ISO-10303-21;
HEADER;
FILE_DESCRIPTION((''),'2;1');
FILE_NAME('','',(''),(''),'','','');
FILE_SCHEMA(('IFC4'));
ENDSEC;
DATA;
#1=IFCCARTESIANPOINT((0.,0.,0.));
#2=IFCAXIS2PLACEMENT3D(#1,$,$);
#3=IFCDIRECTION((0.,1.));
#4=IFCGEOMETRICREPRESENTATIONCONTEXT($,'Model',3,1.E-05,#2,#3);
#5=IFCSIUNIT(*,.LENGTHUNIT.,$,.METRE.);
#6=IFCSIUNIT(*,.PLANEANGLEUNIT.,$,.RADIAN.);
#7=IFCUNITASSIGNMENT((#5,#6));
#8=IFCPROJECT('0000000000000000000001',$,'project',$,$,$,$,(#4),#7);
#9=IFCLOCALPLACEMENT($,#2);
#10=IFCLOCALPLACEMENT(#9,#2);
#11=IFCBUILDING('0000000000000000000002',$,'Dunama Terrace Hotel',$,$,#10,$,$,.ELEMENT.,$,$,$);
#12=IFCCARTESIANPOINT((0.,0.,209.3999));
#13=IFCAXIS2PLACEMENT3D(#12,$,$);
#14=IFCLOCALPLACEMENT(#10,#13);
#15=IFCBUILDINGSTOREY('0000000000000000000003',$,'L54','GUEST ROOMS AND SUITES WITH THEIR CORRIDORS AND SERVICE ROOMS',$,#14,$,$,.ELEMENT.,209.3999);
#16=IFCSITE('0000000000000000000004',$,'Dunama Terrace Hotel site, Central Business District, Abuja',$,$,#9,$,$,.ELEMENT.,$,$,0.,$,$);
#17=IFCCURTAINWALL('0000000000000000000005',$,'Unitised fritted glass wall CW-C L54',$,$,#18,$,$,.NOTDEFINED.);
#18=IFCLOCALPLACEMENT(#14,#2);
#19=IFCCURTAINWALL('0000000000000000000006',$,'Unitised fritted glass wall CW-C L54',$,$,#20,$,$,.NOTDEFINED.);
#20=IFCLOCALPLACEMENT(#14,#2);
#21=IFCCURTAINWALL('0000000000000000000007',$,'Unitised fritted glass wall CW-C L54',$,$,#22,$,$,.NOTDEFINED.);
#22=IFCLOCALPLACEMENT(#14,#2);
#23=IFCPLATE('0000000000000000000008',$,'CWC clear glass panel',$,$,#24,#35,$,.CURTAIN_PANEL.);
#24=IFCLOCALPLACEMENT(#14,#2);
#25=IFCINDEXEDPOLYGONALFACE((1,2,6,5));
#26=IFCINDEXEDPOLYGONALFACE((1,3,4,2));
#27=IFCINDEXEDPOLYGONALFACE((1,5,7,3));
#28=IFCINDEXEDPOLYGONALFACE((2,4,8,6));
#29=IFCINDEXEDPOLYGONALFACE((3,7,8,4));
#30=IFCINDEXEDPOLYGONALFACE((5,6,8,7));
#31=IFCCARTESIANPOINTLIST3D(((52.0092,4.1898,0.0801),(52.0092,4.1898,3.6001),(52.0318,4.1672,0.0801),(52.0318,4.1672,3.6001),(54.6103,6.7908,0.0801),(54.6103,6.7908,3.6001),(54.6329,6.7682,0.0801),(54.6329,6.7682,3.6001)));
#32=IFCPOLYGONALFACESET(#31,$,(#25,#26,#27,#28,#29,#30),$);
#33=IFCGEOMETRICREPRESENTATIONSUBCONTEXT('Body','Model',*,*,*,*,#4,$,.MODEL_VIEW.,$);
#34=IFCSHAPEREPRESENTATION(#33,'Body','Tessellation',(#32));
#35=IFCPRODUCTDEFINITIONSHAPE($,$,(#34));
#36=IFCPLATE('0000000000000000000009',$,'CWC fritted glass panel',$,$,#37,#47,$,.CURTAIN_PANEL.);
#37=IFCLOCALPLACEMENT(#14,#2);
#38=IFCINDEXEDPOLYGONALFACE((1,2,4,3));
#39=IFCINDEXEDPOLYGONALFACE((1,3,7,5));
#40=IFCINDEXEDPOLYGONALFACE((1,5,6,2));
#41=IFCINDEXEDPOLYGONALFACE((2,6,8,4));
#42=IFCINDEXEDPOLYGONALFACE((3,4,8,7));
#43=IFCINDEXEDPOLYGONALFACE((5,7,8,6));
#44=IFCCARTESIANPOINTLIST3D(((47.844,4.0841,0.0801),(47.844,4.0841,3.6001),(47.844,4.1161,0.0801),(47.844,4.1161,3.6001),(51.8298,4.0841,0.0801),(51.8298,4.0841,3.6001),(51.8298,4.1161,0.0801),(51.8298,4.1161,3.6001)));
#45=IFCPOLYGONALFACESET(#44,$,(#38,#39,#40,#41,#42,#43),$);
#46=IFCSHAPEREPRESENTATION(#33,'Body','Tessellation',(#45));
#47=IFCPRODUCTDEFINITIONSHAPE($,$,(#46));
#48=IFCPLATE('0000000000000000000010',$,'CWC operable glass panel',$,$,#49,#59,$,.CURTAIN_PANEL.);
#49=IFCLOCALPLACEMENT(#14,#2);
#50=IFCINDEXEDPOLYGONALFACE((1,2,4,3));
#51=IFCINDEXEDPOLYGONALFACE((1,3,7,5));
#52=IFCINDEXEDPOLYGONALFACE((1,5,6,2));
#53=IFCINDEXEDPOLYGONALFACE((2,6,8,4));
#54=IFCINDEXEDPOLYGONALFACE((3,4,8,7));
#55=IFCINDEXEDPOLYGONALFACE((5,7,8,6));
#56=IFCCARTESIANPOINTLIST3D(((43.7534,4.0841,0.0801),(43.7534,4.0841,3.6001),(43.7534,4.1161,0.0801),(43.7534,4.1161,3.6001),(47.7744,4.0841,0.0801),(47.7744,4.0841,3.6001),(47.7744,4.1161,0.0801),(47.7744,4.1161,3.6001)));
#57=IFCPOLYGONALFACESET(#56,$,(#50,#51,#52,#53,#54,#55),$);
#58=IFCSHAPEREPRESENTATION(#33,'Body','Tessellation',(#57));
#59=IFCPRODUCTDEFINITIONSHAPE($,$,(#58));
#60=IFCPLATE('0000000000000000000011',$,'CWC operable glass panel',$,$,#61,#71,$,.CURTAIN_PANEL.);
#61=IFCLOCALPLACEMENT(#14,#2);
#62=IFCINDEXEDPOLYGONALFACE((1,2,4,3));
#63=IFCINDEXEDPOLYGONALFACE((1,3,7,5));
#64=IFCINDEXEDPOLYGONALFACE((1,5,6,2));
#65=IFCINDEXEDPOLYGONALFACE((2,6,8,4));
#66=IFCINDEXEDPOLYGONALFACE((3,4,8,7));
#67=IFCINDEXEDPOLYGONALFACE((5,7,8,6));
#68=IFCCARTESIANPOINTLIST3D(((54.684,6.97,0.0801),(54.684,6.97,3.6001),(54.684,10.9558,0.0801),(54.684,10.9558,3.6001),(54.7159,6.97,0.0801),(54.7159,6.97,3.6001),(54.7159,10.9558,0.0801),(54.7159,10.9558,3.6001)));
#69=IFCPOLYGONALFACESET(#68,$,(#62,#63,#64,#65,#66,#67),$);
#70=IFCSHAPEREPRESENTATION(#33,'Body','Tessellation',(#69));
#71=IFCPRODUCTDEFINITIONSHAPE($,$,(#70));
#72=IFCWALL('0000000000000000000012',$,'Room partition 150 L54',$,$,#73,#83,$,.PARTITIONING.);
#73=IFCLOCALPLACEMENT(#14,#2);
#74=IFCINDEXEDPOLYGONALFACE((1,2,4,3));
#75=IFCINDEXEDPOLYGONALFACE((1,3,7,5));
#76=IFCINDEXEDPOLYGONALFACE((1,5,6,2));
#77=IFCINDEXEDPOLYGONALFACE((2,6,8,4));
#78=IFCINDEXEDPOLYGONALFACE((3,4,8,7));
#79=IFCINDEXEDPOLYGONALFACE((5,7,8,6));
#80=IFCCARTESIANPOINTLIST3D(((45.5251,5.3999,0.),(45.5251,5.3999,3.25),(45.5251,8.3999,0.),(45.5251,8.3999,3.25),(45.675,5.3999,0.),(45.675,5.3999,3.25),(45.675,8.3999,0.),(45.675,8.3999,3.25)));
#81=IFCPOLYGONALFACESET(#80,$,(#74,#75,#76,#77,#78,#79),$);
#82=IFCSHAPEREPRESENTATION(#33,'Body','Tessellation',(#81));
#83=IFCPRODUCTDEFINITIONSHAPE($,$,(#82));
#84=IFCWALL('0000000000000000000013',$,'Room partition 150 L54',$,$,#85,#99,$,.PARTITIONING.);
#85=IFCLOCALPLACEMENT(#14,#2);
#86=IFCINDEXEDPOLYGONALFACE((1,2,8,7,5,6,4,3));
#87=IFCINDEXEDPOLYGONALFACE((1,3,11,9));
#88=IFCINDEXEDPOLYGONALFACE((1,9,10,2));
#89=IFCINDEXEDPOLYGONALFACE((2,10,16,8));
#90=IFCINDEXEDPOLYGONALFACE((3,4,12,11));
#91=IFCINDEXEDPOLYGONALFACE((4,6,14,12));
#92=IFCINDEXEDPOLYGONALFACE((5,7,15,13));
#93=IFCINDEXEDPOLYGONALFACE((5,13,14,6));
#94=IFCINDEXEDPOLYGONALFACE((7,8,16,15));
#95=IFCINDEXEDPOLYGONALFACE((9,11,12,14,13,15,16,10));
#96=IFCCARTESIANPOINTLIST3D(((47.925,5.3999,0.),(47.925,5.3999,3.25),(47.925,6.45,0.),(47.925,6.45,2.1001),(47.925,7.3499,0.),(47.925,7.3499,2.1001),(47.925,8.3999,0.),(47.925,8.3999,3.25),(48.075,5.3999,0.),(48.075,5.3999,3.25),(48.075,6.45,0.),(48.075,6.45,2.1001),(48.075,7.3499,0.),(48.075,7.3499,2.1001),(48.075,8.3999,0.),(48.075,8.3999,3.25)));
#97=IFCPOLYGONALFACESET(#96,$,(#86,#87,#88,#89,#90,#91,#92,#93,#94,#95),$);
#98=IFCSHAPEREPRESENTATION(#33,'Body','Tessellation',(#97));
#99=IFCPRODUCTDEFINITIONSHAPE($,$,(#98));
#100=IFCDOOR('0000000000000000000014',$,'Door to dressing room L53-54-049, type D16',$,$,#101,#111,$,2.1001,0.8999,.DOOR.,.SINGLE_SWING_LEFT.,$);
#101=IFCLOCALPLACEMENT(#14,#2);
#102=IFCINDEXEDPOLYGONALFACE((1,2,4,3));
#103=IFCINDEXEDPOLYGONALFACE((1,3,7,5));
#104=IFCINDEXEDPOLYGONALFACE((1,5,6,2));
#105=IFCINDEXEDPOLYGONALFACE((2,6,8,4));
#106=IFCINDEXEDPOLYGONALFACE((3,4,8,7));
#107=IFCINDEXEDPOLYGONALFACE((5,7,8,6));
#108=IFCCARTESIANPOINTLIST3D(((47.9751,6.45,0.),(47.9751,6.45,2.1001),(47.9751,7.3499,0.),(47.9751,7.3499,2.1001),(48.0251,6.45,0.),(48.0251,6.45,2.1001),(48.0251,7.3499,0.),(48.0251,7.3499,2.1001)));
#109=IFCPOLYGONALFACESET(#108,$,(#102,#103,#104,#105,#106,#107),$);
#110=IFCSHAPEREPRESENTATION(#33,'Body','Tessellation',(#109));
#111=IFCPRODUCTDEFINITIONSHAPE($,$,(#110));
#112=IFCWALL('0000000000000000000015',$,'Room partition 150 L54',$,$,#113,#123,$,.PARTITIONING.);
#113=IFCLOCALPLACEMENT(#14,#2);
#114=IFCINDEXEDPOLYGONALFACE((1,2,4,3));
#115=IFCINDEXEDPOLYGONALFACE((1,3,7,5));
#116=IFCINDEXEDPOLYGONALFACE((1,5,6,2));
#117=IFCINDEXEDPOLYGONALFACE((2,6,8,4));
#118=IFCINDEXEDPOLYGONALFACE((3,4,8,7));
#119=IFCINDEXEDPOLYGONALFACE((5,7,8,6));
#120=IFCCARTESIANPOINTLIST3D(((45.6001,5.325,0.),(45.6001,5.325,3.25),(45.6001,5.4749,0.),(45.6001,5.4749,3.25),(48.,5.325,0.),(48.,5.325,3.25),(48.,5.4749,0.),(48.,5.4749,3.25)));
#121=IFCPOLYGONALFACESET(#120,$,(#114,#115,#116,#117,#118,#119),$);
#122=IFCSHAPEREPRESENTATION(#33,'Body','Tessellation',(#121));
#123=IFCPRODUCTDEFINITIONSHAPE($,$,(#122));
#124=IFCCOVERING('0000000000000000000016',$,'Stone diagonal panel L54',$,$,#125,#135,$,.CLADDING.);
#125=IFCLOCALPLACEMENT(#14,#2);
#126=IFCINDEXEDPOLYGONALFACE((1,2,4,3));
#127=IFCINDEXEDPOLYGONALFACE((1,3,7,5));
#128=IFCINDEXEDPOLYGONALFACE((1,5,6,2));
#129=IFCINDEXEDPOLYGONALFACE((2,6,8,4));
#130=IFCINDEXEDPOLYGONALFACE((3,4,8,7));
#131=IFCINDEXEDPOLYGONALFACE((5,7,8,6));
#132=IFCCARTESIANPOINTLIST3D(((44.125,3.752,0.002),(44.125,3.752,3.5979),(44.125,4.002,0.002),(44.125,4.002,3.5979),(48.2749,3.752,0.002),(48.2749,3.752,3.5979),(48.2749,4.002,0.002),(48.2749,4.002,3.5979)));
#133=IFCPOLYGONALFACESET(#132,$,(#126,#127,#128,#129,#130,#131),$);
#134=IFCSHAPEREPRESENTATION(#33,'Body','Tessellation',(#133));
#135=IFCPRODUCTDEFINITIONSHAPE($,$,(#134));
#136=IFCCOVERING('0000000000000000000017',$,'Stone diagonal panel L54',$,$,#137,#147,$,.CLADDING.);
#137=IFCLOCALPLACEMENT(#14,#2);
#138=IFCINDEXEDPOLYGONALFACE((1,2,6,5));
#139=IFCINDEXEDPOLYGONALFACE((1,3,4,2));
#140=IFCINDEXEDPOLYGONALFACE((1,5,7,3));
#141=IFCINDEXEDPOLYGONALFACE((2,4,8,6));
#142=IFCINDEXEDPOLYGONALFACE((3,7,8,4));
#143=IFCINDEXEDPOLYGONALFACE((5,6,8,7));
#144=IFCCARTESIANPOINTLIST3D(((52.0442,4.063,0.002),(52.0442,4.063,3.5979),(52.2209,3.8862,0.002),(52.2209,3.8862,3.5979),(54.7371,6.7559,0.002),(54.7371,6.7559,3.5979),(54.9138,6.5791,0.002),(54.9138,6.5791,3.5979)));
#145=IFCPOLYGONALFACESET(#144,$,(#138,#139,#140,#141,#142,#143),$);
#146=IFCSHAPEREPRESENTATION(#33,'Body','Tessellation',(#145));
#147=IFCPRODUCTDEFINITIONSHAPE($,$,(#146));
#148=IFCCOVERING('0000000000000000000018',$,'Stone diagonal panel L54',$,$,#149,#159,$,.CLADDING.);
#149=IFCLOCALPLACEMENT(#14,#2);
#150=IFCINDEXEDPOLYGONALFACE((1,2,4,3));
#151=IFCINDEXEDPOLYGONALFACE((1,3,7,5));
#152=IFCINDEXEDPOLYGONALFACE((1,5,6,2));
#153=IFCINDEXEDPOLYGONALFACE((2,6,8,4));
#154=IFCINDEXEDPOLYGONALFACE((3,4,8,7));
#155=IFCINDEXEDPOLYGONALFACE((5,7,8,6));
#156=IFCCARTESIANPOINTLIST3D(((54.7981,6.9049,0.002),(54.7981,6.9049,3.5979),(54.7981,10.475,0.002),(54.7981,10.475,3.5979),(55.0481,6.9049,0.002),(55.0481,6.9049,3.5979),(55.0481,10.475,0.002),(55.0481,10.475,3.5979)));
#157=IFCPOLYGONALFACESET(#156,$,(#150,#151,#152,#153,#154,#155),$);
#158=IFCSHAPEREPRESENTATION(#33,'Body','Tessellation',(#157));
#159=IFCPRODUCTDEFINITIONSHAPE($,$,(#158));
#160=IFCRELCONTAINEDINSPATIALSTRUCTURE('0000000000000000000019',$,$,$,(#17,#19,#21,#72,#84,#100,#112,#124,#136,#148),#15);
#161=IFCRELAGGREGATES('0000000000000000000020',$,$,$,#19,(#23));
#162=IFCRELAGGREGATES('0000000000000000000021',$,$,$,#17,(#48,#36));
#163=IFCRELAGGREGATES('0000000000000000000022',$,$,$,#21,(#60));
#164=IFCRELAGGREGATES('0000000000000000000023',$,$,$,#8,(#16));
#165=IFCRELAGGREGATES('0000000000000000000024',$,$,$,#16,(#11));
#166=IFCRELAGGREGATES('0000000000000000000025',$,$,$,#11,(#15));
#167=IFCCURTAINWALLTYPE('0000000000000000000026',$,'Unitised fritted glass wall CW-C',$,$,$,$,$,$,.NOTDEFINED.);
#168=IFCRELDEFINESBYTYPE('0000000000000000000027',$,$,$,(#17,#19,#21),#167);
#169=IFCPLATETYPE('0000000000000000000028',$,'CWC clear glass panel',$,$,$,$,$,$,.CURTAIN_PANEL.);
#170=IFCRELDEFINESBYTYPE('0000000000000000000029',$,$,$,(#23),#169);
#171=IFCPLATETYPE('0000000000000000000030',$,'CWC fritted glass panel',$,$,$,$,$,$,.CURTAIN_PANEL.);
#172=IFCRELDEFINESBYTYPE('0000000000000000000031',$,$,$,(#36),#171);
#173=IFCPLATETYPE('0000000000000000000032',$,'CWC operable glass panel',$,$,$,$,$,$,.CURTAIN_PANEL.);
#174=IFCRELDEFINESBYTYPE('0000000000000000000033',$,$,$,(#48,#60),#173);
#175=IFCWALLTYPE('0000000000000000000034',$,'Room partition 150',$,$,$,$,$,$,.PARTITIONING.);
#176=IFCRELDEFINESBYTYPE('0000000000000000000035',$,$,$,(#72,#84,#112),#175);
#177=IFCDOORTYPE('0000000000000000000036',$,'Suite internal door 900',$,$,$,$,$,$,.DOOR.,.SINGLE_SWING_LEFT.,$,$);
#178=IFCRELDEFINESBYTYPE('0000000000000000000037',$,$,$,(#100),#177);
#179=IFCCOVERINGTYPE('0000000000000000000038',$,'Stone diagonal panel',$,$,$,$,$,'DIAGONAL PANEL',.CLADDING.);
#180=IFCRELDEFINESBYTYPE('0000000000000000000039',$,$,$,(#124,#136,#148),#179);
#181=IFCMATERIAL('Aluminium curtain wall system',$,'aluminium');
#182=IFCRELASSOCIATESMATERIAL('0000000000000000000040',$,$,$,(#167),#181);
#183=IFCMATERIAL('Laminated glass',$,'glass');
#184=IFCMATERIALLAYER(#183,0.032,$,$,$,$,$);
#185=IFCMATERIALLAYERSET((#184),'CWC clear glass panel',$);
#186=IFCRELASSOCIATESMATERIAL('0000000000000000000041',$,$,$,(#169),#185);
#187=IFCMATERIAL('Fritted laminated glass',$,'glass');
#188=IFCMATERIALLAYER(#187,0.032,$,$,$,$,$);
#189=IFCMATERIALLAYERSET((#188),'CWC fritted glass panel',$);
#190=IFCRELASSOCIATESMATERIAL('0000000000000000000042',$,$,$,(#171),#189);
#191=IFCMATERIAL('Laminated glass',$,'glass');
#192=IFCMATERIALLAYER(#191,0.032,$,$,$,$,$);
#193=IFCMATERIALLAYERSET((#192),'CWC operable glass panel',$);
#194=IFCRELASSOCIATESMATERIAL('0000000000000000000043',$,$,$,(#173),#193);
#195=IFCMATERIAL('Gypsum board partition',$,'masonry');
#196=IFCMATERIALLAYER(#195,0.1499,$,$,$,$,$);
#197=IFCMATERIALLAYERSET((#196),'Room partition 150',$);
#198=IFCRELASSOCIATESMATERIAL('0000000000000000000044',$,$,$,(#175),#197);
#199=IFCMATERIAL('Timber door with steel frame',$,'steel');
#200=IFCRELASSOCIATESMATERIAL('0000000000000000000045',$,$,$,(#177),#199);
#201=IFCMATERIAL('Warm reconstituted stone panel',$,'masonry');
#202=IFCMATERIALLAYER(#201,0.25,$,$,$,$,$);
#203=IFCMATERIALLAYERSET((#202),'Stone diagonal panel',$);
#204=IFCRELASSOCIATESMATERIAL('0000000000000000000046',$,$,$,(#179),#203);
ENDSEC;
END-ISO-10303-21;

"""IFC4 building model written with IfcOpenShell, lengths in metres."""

from ifc_helpers import new_model, si_unit, direction, frame, frame_2d, origin, origin_2d, place, context, subcontext, project, spatial, rectangle, extrude, material, layer, layer_set, type_object, element, fill, aggregate, save


model = new_model("IFC4")

# Units and contexts
model_context = context("Model", 3, precision=1e-05, world=origin(), true_north=direction((0.0, 1.0)))
body_context = subcontext(model_context, "Body", "Model", "MODEL_VIEW")
ifc_project = project(units=[si_unit("LENGTHUNIT", "METRE"), si_unit("PLANEANGLEUNIT", "RADIAN")], contexts=[model_context])

# Site, building, storey
site_placement = place(None, origin())
site = spatial("IfcSite", under=ifc_project, at=site_placement, Name="Dunama Terrace Hotel site, Central Business District, Abuja", CompositionType="ELEMENT", RefElevation=0.0)
building_placement = place(site_placement, origin())
building = spatial("IfcBuilding", under=site, at=building_placement, Name="Dunama Terrace Hotel", CompositionType="ELEMENT")
storey_placement = place(building_placement, frame((0.0, 0.0, 209.3999)))
storey = spatial("IfcBuildingStorey", under=building, at=storey_placement, Name="L54", Description="GUEST ROOMS AND SUITES WITH THEIR CORRIDORS AND SERVICE ROOMS", CompositionType="ELEMENT", Elevation=209.3999)

# Curtain walls
ifc_material_1 = material(Name="Aluminium curtain wall system", Category="aluminium")
curtain_wall_type = type_object("IfcCurtainWallType", Name="Unitised fritted glass wall CW-C", PredefinedType="NOTDEFINED", material=ifc_material_1)
curtain_wall_1_placement = place(storey_placement, origin())
curtain_wall_1 = element("IfcCurtainWall", 1, at=curtain_wall_1_placement, inside=storey, type_object=curtain_wall_type, Name="Unitised fritted glass wall CW-C L54", PredefinedType="NOTDEFINED")
curtain_wall_2_placement = place(storey_placement, origin())
curtain_wall_2 = element("IfcCurtainWall", 2, at=curtain_wall_2_placement, inside=storey, type_object=curtain_wall_type, Name="Unitised fritted glass wall CW-C L54", PredefinedType="NOTDEFINED")
curtain_wall_3_placement = place(storey_placement, origin())
curtain_wall_3 = element("IfcCurtainWall", 3, at=curtain_wall_3_placement, inside=storey, type_object=curtain_wall_type, Name="Unitised fritted glass wall CW-C L54", PredefinedType="NOTDEFINED")

# Plates
ifc_material_2 = material(Name="Laminated glass", Category="glass")
ifc_layer_1 = layer(ifc_material_2, 0.032)
ifc_layer_set_1 = layer_set([ifc_layer_1], Name="CWC clear glass panel")
plate_type_1 = type_object("IfcPlateType", Name="CWC clear glass panel", PredefinedType="CURTAIN_PANEL", material=ifc_layer_set_1)
plate_1_placement = place(storey_placement, frame((53.321, 5.479, 0.0801), z_axis=(0.0, 0.0, 1.0), x_axis=(0.707107, 0.707107, 0.0)))
plate_1 = element("IfcPlate", 4, at=plate_1_placement, type_object=plate_type_1, Name="CWC clear glass panel", PredefinedType="CURTAIN_PANEL", context=body_context, shape_type="SweptSolid", body=[
    extrude(rectangle(XDim=3.6785, YDim=0.032, at=origin_2d()), origin(), (0.0, 0.0, 1.0), 3.52),
])
aggregate(curtain_wall_2, [plate_1])
ifc_material_3 = material(Name="Fritted laminated glass", Category="glass")
ifc_layer_2 = layer(ifc_material_3, 0.032)
ifc_layer_set_2 = layer_set([ifc_layer_2], Name="CWC fritted glass panel")
plate_type_2 = type_object("IfcPlateType", Name="CWC fritted glass panel", PredefinedType="CURTAIN_PANEL", material=ifc_layer_set_2)
plate_2_placement = place(storey_placement, frame((49.8369, 4.1001, 0.0801), z_axis=(0.0, 0.0, 1.0), x_axis=(1.0, 0.0, 0.0)))
plate_2 = element("IfcPlate", 5, at=plate_2_placement, type_object=plate_type_2, Name="CWC fritted glass panel", PredefinedType="CURTAIN_PANEL", context=body_context, shape_type="SweptSolid", body=[
    extrude(rectangle(XDim=3.9858, YDim=0.032, at=origin_2d()), origin(), (0.0, 0.0, 1.0), 3.52),
])
ifc_material_4 = material(Name="Laminated glass", Category="glass")
ifc_layer_3 = layer(ifc_material_4, 0.032)
ifc_layer_set_3 = layer_set([ifc_layer_3], Name="CWC operable glass panel")
plate_type_3 = type_object("IfcPlateType", Name="CWC operable glass panel", PredefinedType="CURTAIN_PANEL", material=ifc_layer_set_3)
plate_3_placement = place(storey_placement, frame((45.7639, 4.1001, 0.0801), z_axis=(0.0, 0.0, 1.0), x_axis=(1.0, 0.0, 0.0)))
plate_3 = element("IfcPlate", 6, at=plate_3_placement, type_object=plate_type_3, Name="CWC operable glass panel", PredefinedType="CURTAIN_PANEL", context=body_context, shape_type="SweptSolid", body=[
    extrude(rectangle(XDim=4.021, YDim=0.032, at=origin_2d()), origin(), (0.0, 0.0, 1.0), 3.52),
])
aggregate(curtain_wall_1, [plate_3, plate_2])
plate_4_placement = place(storey_placement, frame((54.7, 8.9629, 0.0801), z_axis=(0.0, 0.0, 1.0), x_axis=(0.0, 1.0, 0.0)))
plate_4 = element("IfcPlate", 7, at=plate_4_placement, type_object=plate_type_3, Name="CWC operable glass panel", PredefinedType="CURTAIN_PANEL", context=body_context, shape_type="SweptSolid", body=[
    extrude(rectangle(XDim=3.9858, YDim=0.032, at=origin_2d()), origin(), (0.0, 0.0, 1.0), 3.52),
])
aggregate(curtain_wall_3, [plate_4])

# Wall
ifc_material_5 = material(Name="Gypsum board partition", Category="masonry")
ifc_layer_4 = layer(ifc_material_5, 0.1499)
ifc_layer_set_4 = layer_set([ifc_layer_4], Name="Room partition 150")
wall_type = type_object("IfcWallType", Name="Room partition 150", PredefinedType="PARTITIONING", material=ifc_layer_set_4)
wall_1_placement = place(storey_placement, frame((45.6001, 5.3999, 0.0), z_axis=(0.0, 0.0, 1.0), x_axis=(0.0, 1.0, 0.0)))
element("IfcWall", 8, at=wall_1_placement, inside=storey, type_object=wall_type, Name="Room partition 150 L54", PredefinedType="PARTITIONING", context=body_context, shape_type="SweptSolid", body=[
    extrude(rectangle(XDim=3.0, YDim=0.1499, at=frame_2d((1.5, 0.0))), origin(), (0.0, 0.0, 1.0), 3.25),
])

# Wall, opening, door
wall_2_placement = place(storey_placement, frame((48.0, 5.3999, 0.0), z_axis=(0.0, 0.0, 1.0), x_axis=(0.0, 1.0, 0.0)))
wall_2 = element("IfcWall", 9, at=wall_2_placement, inside=storey, type_object=wall_type, Name="Room partition 150 L54", PredefinedType="PARTITIONING", context=body_context, shape_type="SweptSolid", body=[
    extrude(rectangle(XDim=3.0, YDim=0.1499, at=frame_2d((1.5, 0.0))), origin(), (0.0, 0.0, 1.0), 3.25),
])
opening_placement = place(wall_2_placement, frame((1.05, 0.0, 0.0)))
opening = element("IfcOpeningElement", 10, at=opening_placement, cuts=wall_2, PredefinedType="OPENING", context=body_context, shape_type="SweptSolid", body=[
    extrude(rectangle(XDim=0.8999, YDim=2.1001, at=frame_2d((0.45, 1.05))), frame((0.0, 0.085, 0.0), z_axis=(0.0, -1.0, 0.0), x_axis=(1.0, 0.0, 0.0)), (0.0, 0.0, 1.0), 0.1699),
])
ifc_material_6 = material(Name="Timber door with steel frame", Category="steel")
door_type = type_object("IfcDoorType", Name="Suite internal door 900", OperationType="SINGLE_SWING_LEFT", PredefinedType="DOOR", material=ifc_material_6)
door_placement = place(opening_placement, origin())
door = element("IfcDoor", 11, at=door_placement, inside=storey, type_object=door_type, Name="Door to dressing room L53-54-049, type D16", OperationType="SINGLE_SWING_LEFT", OverallHeight=2.1001, OverallWidth=0.8999, PredefinedType="DOOR", context=body_context, shape_type="SweptSolid", body=[
    extrude(rectangle(XDim=0.8999, YDim=2.1001, at=frame_2d((0.45, 1.05))), frame((0.0, 0.0249, 0.0), z_axis=(0.0, -1.0, 0.0), x_axis=(1.0, 0.0, 0.0)), (0.0, 0.0, 1.0), 0.05),
])
fill(opening, door)

# Wall
wall_3_placement = place(storey_placement, frame((45.6001, 5.3999, 0.0), z_axis=(0.0, 0.0, 1.0), x_axis=(1.0, 0.0, 0.0)))
element("IfcWall", 12, at=wall_3_placement, inside=storey, type_object=wall_type, Name="Room partition 150 L54", PredefinedType="PARTITIONING", context=body_context, shape_type="SweptSolid", body=[
    extrude(rectangle(XDim=2.3999, YDim=0.1499, at=frame_2d((1.2, 0.0))), origin(), (0.0, 0.0, 1.0), 3.25),
])

# Coverings
ifc_material_7 = material(Name="Warm reconstituted stone panel", Category="masonry")
ifc_layer_5 = layer(ifc_material_7, 0.25)
ifc_layer_set_5 = layer_set([ifc_layer_5], Name="Stone diagonal panel")
covering_type = type_object("IfcCoveringType", Name="Stone diagonal panel", ElementType="DIAGONAL PANEL", PredefinedType="CLADDING", material=ifc_layer_set_5)
covering_1_placement = place(storey_placement, frame((46.2, 3.877, 0.002), z_axis=(0.0, 0.0, 1.0), x_axis=(1.0, 0.0, 0.0)))
element("IfcCovering", 13, at=covering_1_placement, inside=storey, type_object=covering_type, Name="Stone diagonal panel L54", PredefinedType="CLADDING", context=body_context, shape_type="SweptSolid", body=[
    extrude(rectangle(XDim=4.1499, YDim=0.25, at=origin_2d()), origin(), (0.0, 0.0, 1.0), 3.5959),
])
covering_2_placement = place(storey_placement, frame((53.479, 5.321, 0.002), z_axis=(0.0, 0.0, 1.0), x_axis=(0.707107, 0.707107, 0.0)))
element("IfcCovering", 14, at=covering_2_placement, inside=storey, type_object=covering_type, Name="Stone diagonal panel L54", PredefinedType="CLADDING", context=body_context, shape_type="SweptSolid", body=[
    extrude(rectangle(XDim=3.8083, YDim=0.25, at=origin_2d()), origin(), (0.0, 0.0, 1.0), 3.5959),
])
covering_3_placement = place(storey_placement, frame((54.9231, 8.6899, 0.002), z_axis=(0.0, 0.0, 1.0), x_axis=(0.0, 1.0, 0.0)))
element("IfcCovering", 15, at=covering_3_placement, inside=storey, type_object=covering_type, Name="Stone diagonal panel L54", PredefinedType="CLADDING", context=body_context, shape_type="SweptSolid", body=[
    extrude(rectangle(XDim=3.5701, YDim=0.25, at=origin_2d()), origin(), (0.0, 0.0, 1.0), 3.5959),
])

save(model, "model.ifc")
